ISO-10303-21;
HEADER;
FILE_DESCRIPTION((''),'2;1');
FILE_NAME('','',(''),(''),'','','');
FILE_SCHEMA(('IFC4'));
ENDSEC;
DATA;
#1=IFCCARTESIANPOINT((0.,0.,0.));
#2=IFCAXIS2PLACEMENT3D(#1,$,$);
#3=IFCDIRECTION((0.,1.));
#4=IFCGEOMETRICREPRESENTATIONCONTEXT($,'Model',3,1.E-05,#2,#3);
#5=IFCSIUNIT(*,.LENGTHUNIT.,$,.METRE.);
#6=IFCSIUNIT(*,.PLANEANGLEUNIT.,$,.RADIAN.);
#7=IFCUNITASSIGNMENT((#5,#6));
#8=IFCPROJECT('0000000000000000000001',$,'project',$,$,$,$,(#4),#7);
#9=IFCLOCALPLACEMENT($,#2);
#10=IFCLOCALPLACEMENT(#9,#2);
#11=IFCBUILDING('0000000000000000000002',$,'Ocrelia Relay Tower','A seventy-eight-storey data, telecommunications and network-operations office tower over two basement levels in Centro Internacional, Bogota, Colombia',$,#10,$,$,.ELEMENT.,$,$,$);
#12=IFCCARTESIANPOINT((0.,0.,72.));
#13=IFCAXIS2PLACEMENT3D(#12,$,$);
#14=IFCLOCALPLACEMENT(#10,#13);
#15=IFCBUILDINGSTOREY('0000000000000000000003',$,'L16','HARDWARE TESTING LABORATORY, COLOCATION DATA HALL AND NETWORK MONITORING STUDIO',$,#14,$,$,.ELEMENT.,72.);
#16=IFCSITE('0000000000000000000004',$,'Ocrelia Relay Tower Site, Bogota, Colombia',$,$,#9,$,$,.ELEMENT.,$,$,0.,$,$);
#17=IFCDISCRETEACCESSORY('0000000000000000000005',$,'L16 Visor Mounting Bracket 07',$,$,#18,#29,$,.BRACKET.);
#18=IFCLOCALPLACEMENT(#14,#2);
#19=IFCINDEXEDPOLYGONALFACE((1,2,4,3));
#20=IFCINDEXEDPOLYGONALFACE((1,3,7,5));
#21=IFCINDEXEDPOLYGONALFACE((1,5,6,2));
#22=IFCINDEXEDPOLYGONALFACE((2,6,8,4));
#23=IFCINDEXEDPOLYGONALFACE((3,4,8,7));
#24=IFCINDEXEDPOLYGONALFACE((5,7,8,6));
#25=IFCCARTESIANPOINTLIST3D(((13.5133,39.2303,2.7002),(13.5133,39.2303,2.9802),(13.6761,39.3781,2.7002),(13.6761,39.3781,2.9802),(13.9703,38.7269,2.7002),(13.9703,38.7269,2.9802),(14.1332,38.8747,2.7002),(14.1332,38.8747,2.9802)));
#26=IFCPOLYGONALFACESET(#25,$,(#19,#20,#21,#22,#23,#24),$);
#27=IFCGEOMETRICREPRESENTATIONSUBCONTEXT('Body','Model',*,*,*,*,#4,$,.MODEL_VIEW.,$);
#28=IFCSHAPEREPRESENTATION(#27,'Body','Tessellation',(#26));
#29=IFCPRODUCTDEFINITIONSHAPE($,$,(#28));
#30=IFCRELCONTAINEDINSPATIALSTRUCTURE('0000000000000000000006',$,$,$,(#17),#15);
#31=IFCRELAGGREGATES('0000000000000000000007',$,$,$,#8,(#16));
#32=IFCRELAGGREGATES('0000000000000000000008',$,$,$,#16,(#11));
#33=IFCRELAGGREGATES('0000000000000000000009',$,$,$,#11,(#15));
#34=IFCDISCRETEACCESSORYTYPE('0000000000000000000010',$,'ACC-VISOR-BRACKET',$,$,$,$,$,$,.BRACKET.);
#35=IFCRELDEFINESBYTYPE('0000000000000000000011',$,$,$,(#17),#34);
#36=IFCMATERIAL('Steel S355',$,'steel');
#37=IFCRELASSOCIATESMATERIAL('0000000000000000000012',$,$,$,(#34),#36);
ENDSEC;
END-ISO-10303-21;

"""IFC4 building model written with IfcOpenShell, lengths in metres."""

from ifc_helpers import new_model, si_unit, direction, frame, origin, origin_2d, place, context, subcontext, project, spatial, rectangle, extrude, material, type_object, element, save


model = new_model("IFC4")

# Units and contexts
model_context = context("Model", 3, precision=1e-05, world=origin(), true_north=direction((0.0, 1.0)))
body_context = subcontext(model_context, "Body", "Model", "MODEL_VIEW")
ifc_project = project(units=[si_unit("LENGTHUNIT", "METRE"), si_unit("PLANEANGLEUNIT", "RADIAN")], contexts=[model_context])

# Site, building, storey
site_placement = place(None, origin())
site = spatial("IfcSite", under=ifc_project, at=site_placement, Name="Ocrelia Relay Tower Site, Bogota, Colombia", CompositionType="ELEMENT", RefElevation=0.0)
building_placement = place(site_placement, origin())
building = spatial("IfcBuilding", under=site, at=building_placement, Name="Ocrelia Relay Tower", Description="A seventy-eight-storey data, telecommunications and network-operations office tower over two basement levels in Centro Internacional, Bogota, Colombia", CompositionType="ELEMENT")
storey_placement = place(building_placement, frame((0.0, 0.0, 72.0)))
storey = spatial("IfcBuildingStorey", under=building, at=storey_placement, Name="L16", Description="HARDWARE TESTING LABORATORY, COLOCATION DATA HALL AND NETWORK MONITORING STUDIO", CompositionType="ELEMENT", Elevation=72.0)

# Shared definitions
ifc_material_1 = material(Name="Steel S355", Category="steel")

# Discrete accessory
discrete_accessory_type = type_object("IfcDiscreteAccessoryType", Name="ACC-VISOR-BRACKET", PredefinedType="BRACKET", material=ifc_material_1)
for number, where, z_axis, x_axis, name in (
    (1, (13.8232, 39.0525, 2.7002), (0.0, 0.0, 1.0), (-0.740364, -0.672206, 0.0), "L16 Visor Mounting Bracket 07"),
):
    element("IfcDiscreteAccessory", number, at=place(storey_placement, frame(where, z_axis=z_axis, x_axis=x_axis)), inside=storey, type_object=discrete_accessory_type, Name=name, PredefinedType="BRACKET", context=body_context, shape_type="SweptSolid", body=[
        extrude(rectangle(XDim=0.22, YDim=0.6799, at=origin_2d()), origin(), (0.0, 0.0, 1.0), 0.28),
    ])

save(model, "model.ifc")
